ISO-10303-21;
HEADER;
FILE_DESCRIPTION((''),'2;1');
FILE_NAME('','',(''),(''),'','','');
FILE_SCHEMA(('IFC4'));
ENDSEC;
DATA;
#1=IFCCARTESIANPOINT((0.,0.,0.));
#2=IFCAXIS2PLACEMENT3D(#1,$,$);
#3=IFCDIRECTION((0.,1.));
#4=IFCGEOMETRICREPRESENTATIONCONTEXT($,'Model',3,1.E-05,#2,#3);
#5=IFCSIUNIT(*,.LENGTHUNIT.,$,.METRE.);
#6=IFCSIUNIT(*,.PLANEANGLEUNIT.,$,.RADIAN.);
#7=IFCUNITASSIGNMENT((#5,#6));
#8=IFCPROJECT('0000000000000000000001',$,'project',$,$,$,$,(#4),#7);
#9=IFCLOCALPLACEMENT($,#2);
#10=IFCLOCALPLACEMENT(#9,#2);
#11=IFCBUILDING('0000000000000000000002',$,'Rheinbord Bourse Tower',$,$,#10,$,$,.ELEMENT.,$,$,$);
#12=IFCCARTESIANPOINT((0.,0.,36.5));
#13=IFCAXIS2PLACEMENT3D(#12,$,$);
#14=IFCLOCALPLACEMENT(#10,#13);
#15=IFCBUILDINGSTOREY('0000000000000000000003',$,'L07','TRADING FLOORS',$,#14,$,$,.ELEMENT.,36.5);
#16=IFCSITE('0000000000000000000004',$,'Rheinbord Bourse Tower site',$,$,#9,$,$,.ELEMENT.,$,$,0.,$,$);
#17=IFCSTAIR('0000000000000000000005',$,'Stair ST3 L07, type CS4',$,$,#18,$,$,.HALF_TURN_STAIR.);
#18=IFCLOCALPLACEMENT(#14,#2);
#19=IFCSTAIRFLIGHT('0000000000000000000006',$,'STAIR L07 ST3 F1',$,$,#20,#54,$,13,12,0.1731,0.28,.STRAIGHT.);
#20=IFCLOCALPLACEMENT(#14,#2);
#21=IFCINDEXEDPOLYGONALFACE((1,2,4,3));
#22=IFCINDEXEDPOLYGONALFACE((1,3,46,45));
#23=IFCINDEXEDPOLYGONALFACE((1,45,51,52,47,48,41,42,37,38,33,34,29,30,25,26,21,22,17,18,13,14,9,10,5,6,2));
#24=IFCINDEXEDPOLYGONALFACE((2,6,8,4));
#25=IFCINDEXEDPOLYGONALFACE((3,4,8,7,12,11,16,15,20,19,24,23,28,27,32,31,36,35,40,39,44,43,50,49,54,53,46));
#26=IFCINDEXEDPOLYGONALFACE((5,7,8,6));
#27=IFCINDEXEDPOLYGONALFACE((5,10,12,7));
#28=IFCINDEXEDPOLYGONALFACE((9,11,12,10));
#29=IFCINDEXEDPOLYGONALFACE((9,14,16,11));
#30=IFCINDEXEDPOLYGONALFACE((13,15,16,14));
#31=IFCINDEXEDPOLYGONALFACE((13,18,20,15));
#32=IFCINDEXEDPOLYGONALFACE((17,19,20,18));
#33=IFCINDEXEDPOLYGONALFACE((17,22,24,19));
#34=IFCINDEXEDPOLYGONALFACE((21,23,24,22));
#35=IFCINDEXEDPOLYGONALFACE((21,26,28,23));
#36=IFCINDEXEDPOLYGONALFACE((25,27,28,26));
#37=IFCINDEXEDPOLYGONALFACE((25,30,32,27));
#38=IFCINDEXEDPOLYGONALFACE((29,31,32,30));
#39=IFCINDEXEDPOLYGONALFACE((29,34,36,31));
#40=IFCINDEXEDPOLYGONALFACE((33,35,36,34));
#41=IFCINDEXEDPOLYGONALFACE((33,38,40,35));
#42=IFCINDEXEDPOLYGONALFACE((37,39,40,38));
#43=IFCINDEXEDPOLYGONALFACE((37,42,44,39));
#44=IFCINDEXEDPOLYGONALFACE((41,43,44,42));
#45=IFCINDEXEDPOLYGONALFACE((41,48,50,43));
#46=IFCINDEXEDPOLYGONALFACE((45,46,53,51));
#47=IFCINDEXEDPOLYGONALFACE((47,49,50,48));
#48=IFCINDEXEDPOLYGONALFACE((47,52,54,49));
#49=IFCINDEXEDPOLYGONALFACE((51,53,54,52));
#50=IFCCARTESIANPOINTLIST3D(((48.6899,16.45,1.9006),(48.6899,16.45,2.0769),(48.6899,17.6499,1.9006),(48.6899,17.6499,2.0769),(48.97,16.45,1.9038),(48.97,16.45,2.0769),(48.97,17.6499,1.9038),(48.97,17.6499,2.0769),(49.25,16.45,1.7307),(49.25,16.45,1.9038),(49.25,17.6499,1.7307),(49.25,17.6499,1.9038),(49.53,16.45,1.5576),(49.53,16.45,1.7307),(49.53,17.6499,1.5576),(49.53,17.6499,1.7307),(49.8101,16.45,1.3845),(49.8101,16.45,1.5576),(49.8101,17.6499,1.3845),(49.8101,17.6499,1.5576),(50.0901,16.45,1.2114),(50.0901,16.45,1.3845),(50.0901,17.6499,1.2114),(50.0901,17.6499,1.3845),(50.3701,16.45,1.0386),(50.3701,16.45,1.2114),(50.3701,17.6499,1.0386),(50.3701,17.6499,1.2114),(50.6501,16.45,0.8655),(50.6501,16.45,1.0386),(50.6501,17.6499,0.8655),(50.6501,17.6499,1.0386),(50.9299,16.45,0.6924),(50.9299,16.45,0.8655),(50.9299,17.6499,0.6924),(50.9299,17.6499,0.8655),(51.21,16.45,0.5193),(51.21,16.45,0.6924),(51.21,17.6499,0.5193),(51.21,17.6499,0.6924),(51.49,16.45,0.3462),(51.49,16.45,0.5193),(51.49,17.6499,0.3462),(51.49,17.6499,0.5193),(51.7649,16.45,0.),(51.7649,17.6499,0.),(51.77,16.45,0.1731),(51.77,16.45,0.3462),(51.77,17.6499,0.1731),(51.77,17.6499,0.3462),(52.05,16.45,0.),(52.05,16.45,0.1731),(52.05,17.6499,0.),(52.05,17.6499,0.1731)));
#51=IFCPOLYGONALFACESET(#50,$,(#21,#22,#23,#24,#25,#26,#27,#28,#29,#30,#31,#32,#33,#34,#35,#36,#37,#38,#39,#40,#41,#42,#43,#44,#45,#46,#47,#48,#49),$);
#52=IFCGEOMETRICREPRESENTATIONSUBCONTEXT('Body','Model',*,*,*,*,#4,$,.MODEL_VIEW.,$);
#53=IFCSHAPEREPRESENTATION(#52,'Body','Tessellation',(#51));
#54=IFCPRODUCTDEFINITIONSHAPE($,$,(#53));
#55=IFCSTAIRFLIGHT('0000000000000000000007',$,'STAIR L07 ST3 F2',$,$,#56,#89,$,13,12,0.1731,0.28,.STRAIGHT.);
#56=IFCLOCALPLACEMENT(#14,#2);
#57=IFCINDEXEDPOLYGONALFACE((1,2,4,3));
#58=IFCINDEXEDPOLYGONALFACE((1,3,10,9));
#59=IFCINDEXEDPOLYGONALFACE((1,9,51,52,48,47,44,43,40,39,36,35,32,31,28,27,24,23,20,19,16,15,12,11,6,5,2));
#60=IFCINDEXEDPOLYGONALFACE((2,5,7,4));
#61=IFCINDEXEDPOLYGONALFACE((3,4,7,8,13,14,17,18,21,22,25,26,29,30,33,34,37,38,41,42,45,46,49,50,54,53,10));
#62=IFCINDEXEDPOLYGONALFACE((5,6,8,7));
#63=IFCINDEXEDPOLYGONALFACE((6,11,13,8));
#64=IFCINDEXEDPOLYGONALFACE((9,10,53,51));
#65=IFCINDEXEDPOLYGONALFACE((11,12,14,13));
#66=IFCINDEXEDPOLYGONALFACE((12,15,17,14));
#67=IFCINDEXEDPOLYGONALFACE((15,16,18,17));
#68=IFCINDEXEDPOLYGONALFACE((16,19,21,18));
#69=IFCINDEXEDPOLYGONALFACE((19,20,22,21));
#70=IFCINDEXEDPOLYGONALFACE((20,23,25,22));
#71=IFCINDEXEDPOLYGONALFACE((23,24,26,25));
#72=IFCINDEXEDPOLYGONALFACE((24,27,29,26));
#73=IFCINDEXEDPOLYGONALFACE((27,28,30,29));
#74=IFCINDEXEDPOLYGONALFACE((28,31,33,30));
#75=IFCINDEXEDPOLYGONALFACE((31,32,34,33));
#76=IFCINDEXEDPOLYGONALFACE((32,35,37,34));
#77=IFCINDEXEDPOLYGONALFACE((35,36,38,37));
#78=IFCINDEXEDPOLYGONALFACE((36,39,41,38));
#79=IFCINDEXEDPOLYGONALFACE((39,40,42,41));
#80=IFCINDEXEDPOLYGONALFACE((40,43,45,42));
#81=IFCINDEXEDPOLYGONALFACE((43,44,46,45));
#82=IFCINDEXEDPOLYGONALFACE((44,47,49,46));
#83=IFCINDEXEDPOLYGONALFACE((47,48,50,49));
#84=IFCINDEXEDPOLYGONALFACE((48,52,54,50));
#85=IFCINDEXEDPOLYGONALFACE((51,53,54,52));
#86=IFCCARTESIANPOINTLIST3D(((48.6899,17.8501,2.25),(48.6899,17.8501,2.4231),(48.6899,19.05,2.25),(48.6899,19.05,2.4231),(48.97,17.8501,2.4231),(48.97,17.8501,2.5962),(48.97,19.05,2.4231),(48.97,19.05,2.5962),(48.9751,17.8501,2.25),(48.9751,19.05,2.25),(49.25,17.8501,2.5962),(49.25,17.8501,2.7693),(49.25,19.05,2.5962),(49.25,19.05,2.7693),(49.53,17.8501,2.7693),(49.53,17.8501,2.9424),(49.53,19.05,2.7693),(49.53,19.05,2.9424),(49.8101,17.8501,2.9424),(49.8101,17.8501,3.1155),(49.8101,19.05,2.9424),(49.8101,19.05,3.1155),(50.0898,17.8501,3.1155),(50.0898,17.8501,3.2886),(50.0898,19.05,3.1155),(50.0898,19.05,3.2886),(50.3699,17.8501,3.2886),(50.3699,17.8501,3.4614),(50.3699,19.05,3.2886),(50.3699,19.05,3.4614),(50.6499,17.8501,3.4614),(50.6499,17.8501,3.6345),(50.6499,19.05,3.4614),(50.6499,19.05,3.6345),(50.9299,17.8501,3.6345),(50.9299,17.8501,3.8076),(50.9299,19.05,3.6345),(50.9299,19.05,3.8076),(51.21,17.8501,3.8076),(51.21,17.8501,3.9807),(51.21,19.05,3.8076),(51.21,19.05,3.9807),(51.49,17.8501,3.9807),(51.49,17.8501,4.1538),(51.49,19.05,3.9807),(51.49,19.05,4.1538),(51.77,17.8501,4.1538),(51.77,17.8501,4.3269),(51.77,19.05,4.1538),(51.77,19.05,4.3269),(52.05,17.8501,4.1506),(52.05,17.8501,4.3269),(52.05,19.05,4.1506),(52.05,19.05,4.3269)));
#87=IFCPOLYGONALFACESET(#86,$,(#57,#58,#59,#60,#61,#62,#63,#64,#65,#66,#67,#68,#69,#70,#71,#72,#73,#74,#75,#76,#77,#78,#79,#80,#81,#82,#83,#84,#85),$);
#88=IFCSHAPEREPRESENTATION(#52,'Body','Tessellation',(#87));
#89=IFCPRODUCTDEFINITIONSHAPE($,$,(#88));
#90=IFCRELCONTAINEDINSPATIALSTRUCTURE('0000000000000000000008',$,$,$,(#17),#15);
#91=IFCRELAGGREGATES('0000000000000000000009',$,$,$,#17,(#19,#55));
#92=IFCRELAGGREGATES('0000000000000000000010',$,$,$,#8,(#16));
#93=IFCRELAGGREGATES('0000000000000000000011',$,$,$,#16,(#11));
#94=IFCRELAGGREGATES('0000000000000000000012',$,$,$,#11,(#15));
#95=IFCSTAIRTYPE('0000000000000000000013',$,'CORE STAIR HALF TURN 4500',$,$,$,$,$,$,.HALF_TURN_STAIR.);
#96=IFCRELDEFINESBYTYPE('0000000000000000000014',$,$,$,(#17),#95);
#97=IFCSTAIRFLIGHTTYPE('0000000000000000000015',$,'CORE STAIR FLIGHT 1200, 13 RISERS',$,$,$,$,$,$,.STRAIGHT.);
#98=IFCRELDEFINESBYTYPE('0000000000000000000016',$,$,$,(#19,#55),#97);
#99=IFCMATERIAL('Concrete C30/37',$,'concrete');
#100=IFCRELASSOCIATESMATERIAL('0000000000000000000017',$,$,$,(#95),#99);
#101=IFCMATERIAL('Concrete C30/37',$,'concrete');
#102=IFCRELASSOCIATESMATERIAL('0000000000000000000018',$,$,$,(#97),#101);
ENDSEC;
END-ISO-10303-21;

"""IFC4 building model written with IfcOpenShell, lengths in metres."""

from ifc_helpers import new_model, si_unit, direction, frame, origin, place, context, subcontext, project, spatial, polyline, outline, extrude, material, type_object, element, aggregate, save


model = new_model("IFC4")

# Units and contexts
model_context = context("Model", 3, precision=1e-05, world=origin(), true_north=direction((0.0, 1.0)))
body_context = subcontext(model_context, "Body", "Model", "MODEL_VIEW")
ifc_project = project(units=[si_unit("LENGTHUNIT", "METRE"), si_unit("PLANEANGLEUNIT", "RADIAN")], contexts=[model_context])

# Site, building, storey
site_placement = place(None, origin())
site = spatial("IfcSite", under=ifc_project, at=site_placement, Name="Rheinbord Bourse Tower site", CompositionType="ELEMENT", RefElevation=0.0)
building_placement = place(site_placement, origin())
building = spatial("IfcBuilding", under=site, at=building_placement, Name="Rheinbord Bourse Tower", CompositionType="ELEMENT")
storey_placement = place(building_placement, frame((0.0, 0.0, 36.5)))
storey = spatial("IfcBuildingStorey", under=building, at=storey_placement, Name="L07", Description="TRADING FLOORS", CompositionType="ELEMENT", Elevation=36.5)

# Stair, stair flights
ifc_material_1 = material(Name="Concrete C30/37", Category="concrete")
stair_type = type_object("IfcStairType", Name="CORE STAIR HALF TURN 4500", PredefinedType="HALF_TURN_STAIR", material=ifc_material_1)
stair_placement = place(storey_placement, origin())
stair = element("IfcStair", 1, at=stair_placement, inside=storey, type_object=stair_type, Name="Stair ST3 L07, type CS4", PredefinedType="HALF_TURN_STAIR")
ifc_material_2 = material(Name="Concrete C30/37", Category="concrete")
stair_flight_type = type_object("IfcStairFlightType", Name="CORE STAIR FLIGHT 1200, 13 RISERS", PredefinedType="STRAIGHT", material=ifc_material_2)
stair_flight_1_placement = place(storey_placement, frame((52.05, 17.05, 0.0), z_axis=(0.0, 0.0, 1.0), x_axis=(-1.0, 0.0, 0.0)))
stair_flight_1 = element("IfcStairFlight", 2, at=stair_flight_1_placement, type_object=stair_flight_type, Name="STAIR L07 ST3 F1", NumberOfRisers=13, NumberOfTreads=12, PredefinedType="STRAIGHT", RiserHeight=0.1731, TreadLength=0.28, context=body_context, shape_type="SweptSolid", body=[
    extrude(outline(polyline([(0.0, 0.0), (0.0, 0.1731), (0.28, 0.1731), (0.28, 0.3462), (0.5601, 0.3462), (0.5601, 0.5193), (0.8401, 0.5193), (0.8401, 0.6924), (1.1201, 0.6924), (1.1201, 0.8655), (1.3999, 0.8655), (1.3999, 1.0386), (1.6799, 1.0386), (1.6799, 1.2114), (1.96, 1.2114), (1.96, 1.3845), (2.24, 1.3845), (2.24, 1.5576), (2.52, 1.5576), (2.52, 1.7307), (2.8, 1.7307), (2.8, 1.9038), (3.0801, 1.9038), (3.0801, 2.0769), (3.3601, 2.0769), (3.3601, 2.25), (3.3601, 1.9006), (0.2852, 0.0), (0.0, 0.0)])), frame((0.0, 0.6001, 0.0), z_axis=(0.0, -1.0, 0.0), x_axis=(1.0, 0.0, 0.0)), (0.0, 0.0, 1.0), 1.2),
])
stair_flight_2_placement = place(storey_placement, frame((48.6899, 18.45, 2.25), z_axis=(0.0, 0.0, 1.0), x_axis=(1.0, 0.0, 0.0)))
stair_flight_2 = element("IfcStairFlight", 3, at=stair_flight_2_placement, type_object=stair_flight_type, Name="STAIR L07 ST3 F2", NumberOfRisers=13, NumberOfTreads=12, PredefinedType="STRAIGHT", RiserHeight=0.1731, TreadLength=0.28, context=body_context, shape_type="SweptSolid", body=[
    extrude(outline(polyline([(0.0, 0.0), (0.0, 0.1731), (0.28, 0.1731), (0.28, 0.3462), (0.5601, 0.3462), (0.5601, 0.5193), (0.8401, 0.5193), (0.8401, 0.6924), (1.1201, 0.6924), (1.1201, 0.8655), (1.3999, 0.8655), (1.3999, 1.0386), (1.6799, 1.0386), (1.6799, 1.2114), (1.96, 1.2114), (1.96, 1.3845), (2.24, 1.3845), (2.24, 1.5576), (2.52, 1.5576), (2.52, 1.7307), (2.8, 1.7307), (2.8, 1.9038), (3.0801, 1.9038), (3.0801, 2.0769), (3.3601, 2.0769), (3.3601, 2.25), (3.3601, 1.9006), (0.2852, 0.0), (0.0, 0.0)])), frame((0.0, 0.6001, 0.0), z_axis=(0.0, -1.0, 0.0), x_axis=(1.0, 0.0, 0.0)), (0.0, 0.0, 1.0), 1.2),
])
aggregate(stair, [stair_flight_1, stair_flight_2])

save(model, "model.ifc")
